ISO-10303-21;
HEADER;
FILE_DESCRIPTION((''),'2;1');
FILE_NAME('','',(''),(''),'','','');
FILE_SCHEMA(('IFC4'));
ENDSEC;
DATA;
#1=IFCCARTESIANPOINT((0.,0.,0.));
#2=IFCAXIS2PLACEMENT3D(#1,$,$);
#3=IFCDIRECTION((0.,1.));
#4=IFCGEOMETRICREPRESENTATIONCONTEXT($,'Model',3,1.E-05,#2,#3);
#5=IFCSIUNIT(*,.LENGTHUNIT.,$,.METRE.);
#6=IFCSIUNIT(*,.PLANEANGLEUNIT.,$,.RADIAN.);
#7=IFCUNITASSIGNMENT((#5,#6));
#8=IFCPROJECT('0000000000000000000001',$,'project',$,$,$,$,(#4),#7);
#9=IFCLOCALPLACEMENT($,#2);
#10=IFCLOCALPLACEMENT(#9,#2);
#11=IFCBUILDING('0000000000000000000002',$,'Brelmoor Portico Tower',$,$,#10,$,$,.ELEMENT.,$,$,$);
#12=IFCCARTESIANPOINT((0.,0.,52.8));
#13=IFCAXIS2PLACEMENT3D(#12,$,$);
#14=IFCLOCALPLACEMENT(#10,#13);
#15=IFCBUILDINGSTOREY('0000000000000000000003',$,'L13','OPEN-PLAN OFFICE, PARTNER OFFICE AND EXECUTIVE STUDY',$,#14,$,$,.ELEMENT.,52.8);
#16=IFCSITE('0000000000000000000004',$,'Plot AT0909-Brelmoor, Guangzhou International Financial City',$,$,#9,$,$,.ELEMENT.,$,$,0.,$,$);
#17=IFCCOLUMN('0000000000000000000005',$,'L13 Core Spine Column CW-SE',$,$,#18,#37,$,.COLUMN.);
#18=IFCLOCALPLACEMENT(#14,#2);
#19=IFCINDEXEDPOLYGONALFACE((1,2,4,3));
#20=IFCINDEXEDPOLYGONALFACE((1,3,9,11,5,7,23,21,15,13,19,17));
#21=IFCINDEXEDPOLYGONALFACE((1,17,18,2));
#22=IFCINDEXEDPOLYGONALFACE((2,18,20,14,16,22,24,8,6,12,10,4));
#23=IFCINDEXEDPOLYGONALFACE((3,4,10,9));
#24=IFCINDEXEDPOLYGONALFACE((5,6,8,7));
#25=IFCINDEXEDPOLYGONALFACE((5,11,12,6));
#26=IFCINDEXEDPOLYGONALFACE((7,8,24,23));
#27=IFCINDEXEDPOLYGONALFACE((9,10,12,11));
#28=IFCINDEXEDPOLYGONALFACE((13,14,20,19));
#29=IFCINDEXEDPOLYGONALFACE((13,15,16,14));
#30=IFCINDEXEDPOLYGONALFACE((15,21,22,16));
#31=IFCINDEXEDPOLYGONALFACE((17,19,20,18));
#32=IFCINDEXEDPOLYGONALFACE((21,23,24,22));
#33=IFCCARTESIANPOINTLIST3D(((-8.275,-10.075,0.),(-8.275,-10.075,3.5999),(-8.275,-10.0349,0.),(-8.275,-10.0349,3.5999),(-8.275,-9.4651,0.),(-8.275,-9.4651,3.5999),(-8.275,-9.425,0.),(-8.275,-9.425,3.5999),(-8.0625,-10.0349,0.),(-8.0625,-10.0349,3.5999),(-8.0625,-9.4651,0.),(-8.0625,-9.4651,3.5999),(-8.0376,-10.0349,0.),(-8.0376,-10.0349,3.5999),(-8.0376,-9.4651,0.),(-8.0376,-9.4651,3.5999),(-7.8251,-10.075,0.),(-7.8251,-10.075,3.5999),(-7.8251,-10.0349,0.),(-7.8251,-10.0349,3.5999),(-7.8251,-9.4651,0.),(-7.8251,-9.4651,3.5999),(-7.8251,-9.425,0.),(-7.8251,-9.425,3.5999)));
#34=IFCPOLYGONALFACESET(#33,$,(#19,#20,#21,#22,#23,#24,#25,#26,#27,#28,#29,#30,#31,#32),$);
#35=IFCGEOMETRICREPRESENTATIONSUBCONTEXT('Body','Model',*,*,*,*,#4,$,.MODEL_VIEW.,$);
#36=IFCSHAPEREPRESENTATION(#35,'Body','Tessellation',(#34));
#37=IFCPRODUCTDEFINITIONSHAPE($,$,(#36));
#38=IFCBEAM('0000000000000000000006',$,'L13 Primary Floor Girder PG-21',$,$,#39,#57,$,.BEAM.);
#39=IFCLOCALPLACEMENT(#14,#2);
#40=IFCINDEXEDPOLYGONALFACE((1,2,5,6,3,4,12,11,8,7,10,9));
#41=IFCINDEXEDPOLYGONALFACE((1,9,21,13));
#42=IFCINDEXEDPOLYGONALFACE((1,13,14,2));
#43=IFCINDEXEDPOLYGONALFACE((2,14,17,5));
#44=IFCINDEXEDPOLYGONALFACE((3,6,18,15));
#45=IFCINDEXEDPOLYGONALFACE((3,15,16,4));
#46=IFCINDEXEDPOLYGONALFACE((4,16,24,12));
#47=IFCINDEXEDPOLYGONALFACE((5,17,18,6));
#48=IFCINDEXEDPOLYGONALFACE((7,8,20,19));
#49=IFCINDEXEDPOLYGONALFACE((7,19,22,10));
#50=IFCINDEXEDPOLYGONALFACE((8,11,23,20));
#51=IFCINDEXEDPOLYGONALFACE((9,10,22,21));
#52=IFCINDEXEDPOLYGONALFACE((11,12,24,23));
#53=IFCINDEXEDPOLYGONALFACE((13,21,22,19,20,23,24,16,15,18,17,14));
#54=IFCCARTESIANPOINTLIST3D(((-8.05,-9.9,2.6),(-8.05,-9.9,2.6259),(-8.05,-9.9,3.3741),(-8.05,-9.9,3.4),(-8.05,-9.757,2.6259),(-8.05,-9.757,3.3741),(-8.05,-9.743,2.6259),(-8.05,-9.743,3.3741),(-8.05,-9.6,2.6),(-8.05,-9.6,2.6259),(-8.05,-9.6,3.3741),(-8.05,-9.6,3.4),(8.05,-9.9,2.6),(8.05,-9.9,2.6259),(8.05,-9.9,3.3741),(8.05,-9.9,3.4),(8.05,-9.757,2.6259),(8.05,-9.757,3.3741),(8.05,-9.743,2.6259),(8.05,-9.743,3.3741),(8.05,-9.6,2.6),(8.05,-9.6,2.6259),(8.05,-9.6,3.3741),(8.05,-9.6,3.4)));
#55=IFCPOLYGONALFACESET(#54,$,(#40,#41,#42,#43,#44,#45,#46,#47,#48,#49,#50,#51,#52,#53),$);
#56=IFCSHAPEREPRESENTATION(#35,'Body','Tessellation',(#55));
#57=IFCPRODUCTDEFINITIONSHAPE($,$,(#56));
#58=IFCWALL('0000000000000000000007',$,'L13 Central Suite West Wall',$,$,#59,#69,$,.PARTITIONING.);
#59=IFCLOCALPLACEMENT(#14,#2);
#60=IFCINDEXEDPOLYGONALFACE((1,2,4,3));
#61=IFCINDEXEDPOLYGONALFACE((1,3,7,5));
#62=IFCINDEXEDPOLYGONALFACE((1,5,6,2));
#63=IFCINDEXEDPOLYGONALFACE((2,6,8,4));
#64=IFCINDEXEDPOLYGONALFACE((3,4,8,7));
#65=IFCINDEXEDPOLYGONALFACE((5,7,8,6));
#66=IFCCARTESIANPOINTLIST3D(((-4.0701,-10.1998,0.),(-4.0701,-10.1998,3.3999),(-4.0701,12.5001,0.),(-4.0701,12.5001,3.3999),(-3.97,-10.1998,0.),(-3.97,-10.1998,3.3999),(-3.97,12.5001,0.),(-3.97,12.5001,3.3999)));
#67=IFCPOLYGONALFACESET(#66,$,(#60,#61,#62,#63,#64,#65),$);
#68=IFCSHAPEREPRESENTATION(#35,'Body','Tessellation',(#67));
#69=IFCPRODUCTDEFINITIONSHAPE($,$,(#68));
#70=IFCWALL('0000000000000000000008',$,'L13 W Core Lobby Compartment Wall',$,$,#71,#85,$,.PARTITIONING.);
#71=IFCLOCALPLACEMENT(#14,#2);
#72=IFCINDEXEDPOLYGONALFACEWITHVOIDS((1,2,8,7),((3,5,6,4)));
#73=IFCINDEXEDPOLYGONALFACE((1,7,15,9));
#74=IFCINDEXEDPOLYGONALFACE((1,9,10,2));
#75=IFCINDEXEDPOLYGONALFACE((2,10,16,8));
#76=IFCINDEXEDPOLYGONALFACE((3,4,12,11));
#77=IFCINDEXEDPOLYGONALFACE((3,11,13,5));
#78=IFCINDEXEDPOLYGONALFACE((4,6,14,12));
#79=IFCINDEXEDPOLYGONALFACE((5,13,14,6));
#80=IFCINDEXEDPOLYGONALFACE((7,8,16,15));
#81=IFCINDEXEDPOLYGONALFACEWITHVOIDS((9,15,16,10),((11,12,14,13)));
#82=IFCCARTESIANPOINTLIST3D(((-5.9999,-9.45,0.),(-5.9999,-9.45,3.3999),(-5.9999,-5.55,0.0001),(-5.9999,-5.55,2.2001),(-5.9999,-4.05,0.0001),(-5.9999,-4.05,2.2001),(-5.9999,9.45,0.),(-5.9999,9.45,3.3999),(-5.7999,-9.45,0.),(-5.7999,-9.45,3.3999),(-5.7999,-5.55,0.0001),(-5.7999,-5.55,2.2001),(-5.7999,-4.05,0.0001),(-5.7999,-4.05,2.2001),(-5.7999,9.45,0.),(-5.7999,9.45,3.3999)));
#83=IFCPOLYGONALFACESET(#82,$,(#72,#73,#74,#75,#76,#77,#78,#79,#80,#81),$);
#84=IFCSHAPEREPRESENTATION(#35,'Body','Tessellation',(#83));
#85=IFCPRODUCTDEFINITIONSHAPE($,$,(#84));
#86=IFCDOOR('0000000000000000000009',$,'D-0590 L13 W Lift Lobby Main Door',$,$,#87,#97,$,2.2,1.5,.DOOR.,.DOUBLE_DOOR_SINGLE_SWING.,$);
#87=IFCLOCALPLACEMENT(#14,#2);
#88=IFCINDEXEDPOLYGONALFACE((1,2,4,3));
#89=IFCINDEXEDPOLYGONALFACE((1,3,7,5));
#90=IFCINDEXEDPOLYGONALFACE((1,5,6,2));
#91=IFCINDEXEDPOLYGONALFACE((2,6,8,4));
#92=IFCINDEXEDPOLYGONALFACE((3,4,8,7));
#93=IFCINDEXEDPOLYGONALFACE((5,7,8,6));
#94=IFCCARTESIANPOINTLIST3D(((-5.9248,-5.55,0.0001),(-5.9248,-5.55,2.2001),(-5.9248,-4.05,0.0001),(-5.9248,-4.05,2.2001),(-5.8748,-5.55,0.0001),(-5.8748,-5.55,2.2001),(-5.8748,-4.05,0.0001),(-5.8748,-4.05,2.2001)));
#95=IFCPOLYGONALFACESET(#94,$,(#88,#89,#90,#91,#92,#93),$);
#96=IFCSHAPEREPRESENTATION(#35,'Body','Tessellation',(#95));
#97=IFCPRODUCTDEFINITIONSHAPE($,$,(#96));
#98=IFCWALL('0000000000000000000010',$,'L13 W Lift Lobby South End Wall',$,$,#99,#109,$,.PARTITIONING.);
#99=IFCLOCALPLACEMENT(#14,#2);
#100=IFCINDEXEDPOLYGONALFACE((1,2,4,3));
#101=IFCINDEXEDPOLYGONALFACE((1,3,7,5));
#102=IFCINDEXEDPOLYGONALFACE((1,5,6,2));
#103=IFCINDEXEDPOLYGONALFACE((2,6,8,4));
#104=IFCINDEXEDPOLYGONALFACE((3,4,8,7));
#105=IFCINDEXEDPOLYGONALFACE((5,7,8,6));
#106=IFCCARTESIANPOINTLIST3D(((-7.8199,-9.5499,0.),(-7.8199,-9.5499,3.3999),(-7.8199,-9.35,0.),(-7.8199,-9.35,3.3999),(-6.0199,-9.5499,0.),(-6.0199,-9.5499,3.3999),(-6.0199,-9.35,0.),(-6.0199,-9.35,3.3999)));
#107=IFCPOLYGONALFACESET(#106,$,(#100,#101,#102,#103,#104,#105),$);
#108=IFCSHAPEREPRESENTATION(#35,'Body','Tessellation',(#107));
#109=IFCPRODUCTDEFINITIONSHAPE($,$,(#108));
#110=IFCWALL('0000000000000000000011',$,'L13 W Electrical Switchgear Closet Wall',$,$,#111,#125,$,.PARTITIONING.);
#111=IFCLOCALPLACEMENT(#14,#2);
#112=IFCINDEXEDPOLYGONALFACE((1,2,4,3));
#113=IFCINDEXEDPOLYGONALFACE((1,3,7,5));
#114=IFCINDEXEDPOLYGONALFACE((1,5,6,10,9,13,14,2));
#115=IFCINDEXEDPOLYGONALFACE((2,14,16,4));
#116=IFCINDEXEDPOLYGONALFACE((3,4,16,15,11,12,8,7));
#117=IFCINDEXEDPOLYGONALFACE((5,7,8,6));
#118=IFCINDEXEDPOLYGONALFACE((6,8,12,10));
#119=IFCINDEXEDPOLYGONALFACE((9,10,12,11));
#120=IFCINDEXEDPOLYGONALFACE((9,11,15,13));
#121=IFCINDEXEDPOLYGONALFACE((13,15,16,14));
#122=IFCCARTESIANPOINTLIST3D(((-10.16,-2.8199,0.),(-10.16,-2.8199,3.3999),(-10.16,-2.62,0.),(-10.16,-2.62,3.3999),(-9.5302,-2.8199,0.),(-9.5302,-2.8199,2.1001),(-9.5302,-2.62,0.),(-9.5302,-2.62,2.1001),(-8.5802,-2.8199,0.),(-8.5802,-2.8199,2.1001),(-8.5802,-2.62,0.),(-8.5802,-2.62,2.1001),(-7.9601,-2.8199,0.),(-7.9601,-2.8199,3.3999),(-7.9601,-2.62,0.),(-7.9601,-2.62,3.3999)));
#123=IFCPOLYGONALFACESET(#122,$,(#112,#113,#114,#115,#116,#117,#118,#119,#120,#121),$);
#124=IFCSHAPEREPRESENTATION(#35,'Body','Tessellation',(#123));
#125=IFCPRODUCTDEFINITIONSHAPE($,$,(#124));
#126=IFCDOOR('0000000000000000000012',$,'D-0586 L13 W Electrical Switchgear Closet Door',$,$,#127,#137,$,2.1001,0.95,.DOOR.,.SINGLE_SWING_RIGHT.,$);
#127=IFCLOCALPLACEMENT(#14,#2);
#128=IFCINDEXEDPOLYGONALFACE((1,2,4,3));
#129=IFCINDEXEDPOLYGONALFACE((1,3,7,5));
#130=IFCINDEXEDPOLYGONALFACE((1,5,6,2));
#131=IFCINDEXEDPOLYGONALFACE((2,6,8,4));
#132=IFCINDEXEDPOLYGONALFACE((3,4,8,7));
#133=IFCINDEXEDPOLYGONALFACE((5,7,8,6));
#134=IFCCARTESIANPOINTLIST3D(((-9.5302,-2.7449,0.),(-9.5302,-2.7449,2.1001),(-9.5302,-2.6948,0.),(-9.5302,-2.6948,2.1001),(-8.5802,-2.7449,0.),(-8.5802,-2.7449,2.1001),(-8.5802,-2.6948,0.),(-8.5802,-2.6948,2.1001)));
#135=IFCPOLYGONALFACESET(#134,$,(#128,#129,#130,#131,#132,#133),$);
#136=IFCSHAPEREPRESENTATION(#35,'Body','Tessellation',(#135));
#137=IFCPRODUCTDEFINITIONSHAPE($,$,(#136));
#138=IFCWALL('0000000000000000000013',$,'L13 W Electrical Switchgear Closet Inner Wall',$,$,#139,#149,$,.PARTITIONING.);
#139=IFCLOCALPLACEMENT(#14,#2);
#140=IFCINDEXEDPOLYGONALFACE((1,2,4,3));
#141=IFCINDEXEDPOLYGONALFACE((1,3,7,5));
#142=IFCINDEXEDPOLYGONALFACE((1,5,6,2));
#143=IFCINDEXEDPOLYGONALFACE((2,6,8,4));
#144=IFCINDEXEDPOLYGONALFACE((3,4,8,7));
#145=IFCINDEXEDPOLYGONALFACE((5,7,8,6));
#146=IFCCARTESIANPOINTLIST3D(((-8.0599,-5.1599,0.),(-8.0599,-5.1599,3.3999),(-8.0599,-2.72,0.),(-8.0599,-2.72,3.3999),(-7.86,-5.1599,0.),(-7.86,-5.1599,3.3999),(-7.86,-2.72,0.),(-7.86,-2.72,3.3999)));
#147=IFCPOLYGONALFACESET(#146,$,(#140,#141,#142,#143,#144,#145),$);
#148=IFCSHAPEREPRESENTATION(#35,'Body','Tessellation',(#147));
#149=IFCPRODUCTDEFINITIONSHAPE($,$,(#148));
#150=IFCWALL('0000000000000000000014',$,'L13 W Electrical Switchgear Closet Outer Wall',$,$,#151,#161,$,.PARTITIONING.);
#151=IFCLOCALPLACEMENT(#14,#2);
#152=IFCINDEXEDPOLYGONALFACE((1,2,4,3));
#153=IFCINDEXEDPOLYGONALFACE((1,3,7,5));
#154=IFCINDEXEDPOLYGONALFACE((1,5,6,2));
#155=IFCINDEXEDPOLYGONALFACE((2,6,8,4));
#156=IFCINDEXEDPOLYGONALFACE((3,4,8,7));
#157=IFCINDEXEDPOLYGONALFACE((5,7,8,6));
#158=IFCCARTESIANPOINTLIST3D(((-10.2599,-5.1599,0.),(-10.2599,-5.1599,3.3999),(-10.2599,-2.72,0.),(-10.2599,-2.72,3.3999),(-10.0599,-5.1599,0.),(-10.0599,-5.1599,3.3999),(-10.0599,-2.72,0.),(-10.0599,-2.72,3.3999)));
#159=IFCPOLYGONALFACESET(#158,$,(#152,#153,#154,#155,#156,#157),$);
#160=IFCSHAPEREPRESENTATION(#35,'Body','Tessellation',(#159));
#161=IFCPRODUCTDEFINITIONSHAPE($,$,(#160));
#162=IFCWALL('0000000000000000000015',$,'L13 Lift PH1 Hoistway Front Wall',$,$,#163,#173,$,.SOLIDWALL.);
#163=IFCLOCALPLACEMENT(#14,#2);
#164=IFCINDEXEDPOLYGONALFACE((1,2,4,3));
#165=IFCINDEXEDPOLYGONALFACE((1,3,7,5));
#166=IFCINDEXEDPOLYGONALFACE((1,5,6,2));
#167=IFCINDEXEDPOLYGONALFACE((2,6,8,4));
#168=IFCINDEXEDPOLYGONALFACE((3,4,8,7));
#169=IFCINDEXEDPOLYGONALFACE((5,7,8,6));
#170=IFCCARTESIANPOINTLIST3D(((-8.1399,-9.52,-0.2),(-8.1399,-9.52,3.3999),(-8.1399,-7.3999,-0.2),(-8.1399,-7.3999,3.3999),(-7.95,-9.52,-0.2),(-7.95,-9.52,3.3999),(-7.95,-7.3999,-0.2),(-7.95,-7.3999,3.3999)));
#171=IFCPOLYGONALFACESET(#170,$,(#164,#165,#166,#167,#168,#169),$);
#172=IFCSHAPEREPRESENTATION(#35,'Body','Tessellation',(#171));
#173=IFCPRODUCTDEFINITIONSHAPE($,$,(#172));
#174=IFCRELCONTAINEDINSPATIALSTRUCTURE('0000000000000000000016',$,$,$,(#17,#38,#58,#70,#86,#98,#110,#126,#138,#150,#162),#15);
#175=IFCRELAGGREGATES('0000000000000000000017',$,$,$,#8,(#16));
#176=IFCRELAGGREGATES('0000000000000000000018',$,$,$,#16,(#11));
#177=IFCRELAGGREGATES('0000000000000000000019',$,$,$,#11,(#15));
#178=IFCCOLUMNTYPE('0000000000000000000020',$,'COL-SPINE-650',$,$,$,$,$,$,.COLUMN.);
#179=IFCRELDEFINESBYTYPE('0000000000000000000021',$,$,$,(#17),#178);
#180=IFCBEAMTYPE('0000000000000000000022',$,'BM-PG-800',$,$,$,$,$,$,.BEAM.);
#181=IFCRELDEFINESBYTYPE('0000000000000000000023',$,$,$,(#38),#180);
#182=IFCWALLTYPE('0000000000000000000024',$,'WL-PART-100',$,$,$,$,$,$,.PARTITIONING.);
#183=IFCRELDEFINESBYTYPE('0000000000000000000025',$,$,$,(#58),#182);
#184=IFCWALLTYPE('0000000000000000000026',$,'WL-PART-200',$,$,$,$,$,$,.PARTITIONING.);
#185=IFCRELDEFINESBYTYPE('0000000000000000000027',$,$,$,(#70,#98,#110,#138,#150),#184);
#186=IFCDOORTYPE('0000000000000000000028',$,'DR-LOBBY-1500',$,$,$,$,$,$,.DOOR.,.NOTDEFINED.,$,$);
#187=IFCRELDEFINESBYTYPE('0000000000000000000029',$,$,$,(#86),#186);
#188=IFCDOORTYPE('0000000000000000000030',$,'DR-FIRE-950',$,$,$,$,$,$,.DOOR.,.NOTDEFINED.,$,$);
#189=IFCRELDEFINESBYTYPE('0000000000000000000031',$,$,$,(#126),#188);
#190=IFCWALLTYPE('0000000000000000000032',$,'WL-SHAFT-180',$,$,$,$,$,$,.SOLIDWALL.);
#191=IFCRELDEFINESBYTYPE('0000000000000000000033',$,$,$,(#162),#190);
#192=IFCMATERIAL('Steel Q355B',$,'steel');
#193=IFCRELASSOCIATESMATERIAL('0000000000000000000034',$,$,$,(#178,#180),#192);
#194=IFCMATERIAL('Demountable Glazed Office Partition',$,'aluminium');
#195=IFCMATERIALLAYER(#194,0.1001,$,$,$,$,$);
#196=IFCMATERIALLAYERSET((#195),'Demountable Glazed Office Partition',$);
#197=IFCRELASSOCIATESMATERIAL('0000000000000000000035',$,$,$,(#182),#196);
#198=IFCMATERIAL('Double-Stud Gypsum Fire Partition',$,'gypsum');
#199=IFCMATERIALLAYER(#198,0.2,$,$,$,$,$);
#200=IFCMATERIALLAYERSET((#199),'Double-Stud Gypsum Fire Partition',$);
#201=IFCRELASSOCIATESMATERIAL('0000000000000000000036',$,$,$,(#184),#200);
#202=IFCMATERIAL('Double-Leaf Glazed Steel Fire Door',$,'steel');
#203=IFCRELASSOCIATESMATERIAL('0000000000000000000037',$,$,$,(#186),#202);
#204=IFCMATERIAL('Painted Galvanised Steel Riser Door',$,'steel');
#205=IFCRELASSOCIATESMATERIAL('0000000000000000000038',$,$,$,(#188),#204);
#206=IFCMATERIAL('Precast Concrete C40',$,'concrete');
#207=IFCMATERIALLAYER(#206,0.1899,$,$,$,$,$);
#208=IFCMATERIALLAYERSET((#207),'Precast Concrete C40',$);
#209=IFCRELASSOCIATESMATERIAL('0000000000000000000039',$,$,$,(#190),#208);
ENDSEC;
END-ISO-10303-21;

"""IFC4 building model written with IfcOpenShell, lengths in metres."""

from ifc_helpers import new_model, si_unit, direction, frame, frame_2d, origin, origin_2d, place, context, subcontext, project, spatial, rectangle, i_section, extrude, material, layer, layer_set, material_profile, profile_set, type_object, element, fill, save


model = new_model("IFC4")

# Units and contexts
model_context = context("Model", 3, precision=1e-05, world=origin(), true_north=direction((0.0, 1.0)))
body_context = subcontext(model_context, "Body", "Model", "MODEL_VIEW")
ifc_project = project(units=[si_unit("LENGTHUNIT", "METRE"), si_unit("PLANEANGLEUNIT", "RADIAN")], contexts=[model_context])

# Site, building, storey
site_placement = place(None, origin())
site = spatial("IfcSite", under=ifc_project, at=site_placement, Name="Plot AT0909-Brelmoor, Guangzhou International Financial City", CompositionType="ELEMENT", RefElevation=0.0)
building_placement = place(site_placement, origin())
building = spatial("IfcBuilding", under=site, at=building_placement, Name="Brelmoor Portico Tower", CompositionType="ELEMENT")
storey_placement = place(building_placement, frame((0.0, 0.0, 52.8)))
storey = spatial("IfcBuildingStorey", under=building, at=storey_placement, Name="L13", Description="OPEN-PLAN OFFICE, PARTNER OFFICE AND EXECUTIVE STUDY", CompositionType="ELEMENT", Elevation=52.8)

# Column
ifc_material_1 = material(Name="Steel Q355B", Category="steel")
ifc_material_profile_1 = material_profile(ifc_material_1, i_section(OverallWidth=0.45, OverallDepth=0.6499, WebThickness=0.0249, FlangeThickness=0.04, at=origin_2d()), Name="HW 650x450x25x40")
ifc_profile_set_1 = profile_set([ifc_material_profile_1], Name="Steel Q355B")
column_type = type_object("IfcColumnType", Name="COL-SPINE-650", PredefinedType="COLUMN", material=ifc_profile_set_1)
column_placement = place(storey_placement, frame((-8.05, -9.75, 0.0), z_axis=(0.0, 0.0, 1.0), x_axis=(1.0, 0.0, 0.0)))
element("IfcColumn", 1, at=column_placement, inside=storey, type_object=column_type, Name="L13 Core Spine Column CW-SE", PredefinedType="COLUMN", context=body_context, shape_type="SweptSolid", body=[
    extrude(i_section(OverallWidth=0.45, OverallDepth=0.6499, WebThickness=0.0249, FlangeThickness=0.04, at=origin_2d()), origin(), (0.0, 0.0, 1.0), 3.5999),
])

# Beam
ifc_material_profile_2 = material_profile(ifc_material_1, i_section(OverallWidth=0.3, OverallDepth=0.8, WebThickness=0.0139, FlangeThickness=0.0259, at=origin_2d()), Name="HN 800x300x14x26")
ifc_profile_set_2 = profile_set([ifc_material_profile_2], Name="Steel Q355B")
beam_type = type_object("IfcBeamType", Name="BM-PG-800", PredefinedType="BEAM", material=ifc_profile_set_2)
beam_placement = place(storey_placement, frame((-8.05, -9.75, 3.0), z_axis=(1.0, 0.0, 0.0), x_axis=(0.0, 1.0, 0.0)))
element("IfcBeam", 2, at=beam_placement, inside=storey, type_object=beam_type, Name="L13 Primary Floor Girder PG-21", PredefinedType="BEAM", context=body_context, shape_type="SweptSolid", body=[
    extrude(i_section(OverallWidth=0.3, OverallDepth=0.8, WebThickness=0.0139, FlangeThickness=0.0259, at=origin_2d()), origin(), (0.0, 0.0, 1.0), 16.1001),
])

# Wall
ifc_material_2 = material(Name="Demountable Glazed Office Partition", Category="aluminium")
ifc_layer_1 = layer(ifc_material_2, 0.1001)
ifc_layer_set_1 = layer_set([ifc_layer_1], Name="Demountable Glazed Office Partition")
wall_type_1 = type_object("IfcWallType", Name="WL-PART-100", PredefinedType="PARTITIONING", material=ifc_layer_set_1)
wall_1_placement = place(storey_placement, frame((-4.02, -10.2, 0.0), z_axis=(0.0, 0.0, 1.0), x_axis=(0.0, 1.0, 0.0)))
element("IfcWall", 3, at=wall_1_placement, inside=storey, type_object=wall_type_1, Name="L13 Central Suite West Wall", PredefinedType="PARTITIONING", context=body_context, shape_type="SweptSolid", body=[
    extrude(rectangle(XDim=22.7, YDim=0.1001, at=frame_2d((11.3501, 0.0))), origin(), (0.0, 0.0, 1.0), 3.3999),
])

# Wall, opening, door
ifc_material_3 = material(Name="Double-Stud Gypsum Fire Partition", Category="gypsum")
ifc_layer_2 = layer(ifc_material_3, 0.2)
ifc_layer_set_2 = layer_set([ifc_layer_2], Name="Double-Stud Gypsum Fire Partition")
wall_type_2 = type_object("IfcWallType", Name="WL-PART-200", PredefinedType="PARTITIONING", material=ifc_layer_set_2)
wall_2_placement = place(storey_placement, frame((-5.8999, -9.45, 0.0), z_axis=(0.0, 0.0, 1.0), x_axis=(0.0, 1.0, 0.0)))
wall_2 = element("IfcWall", 4, at=wall_2_placement, inside=storey, type_object=wall_type_2, Name="L13 W Core Lobby Compartment Wall", PredefinedType="PARTITIONING", context=body_context, shape_type="SweptSolid", body=[
    extrude(rectangle(XDim=18.8999, YDim=0.2, at=frame_2d((9.45, 0.0))), origin(), (0.0, 0.0, 1.0), 3.3999),
])
opening_1_placement = place(wall_2_placement, frame((3.8999, 0.0, 0.0)))
opening_1 = element("IfcOpeningElement", 5, at=opening_1_placement, cuts=wall_2, PredefinedType="OPENING", context=body_context, shape_type="SweptSolid", body=[
    extrude(rectangle(XDim=1.5, YDim=2.2, at=frame_2d((0.75, 1.1001))), frame((0.0, 0.1099, 0.0), z_axis=(0.0, -1.0, 0.0), x_axis=(1.0, 0.0, 0.0)), (0.0, 0.0, 1.0), 0.22),
])
ifc_material_4 = material(Name="Double-Leaf Glazed Steel Fire Door", Category="steel")
door_type_1 = type_object("IfcDoorType", Name="DR-LOBBY-1500", OperationType="NOTDEFINED", PredefinedType="DOOR", material=ifc_material_4)
door_1_placement = place(opening_1_placement, origin())
door_1 = element("IfcDoor", 6, at=door_1_placement, inside=storey, type_object=door_type_1, Name="D-0590 L13 W Lift Lobby Main Door", OperationType="DOUBLE_DOOR_SINGLE_SWING", OverallHeight=2.2, OverallWidth=1.5, PredefinedType="DOOR", context=body_context, shape_type="SweptSolid", body=[
    extrude(rectangle(XDim=1.5, YDim=2.2, at=frame_2d((0.75, 1.1001))), frame((0.0, 0.0249, 0.0), z_axis=(0.0, -1.0, 0.0), x_axis=(1.0, 0.0, 0.0)), (0.0, 0.0, 1.0), 0.05),
])
fill(opening_1, door_1)

# Wall
wall_3_placement = place(storey_placement, frame((-6.02, -9.45, 0.0), z_axis=(0.0, 0.0, 1.0), x_axis=(-1.0, 0.0, 0.0)))
element("IfcWall", 7, at=wall_3_placement, inside=storey, type_object=wall_type_2, Name="L13 W Lift Lobby South End Wall", PredefinedType="PARTITIONING", context=body_context, shape_type="SweptSolid", body=[
    extrude(rectangle(XDim=1.8, YDim=0.2, at=frame_2d((0.8999, 0.0))), origin(), (0.0, 0.0, 1.0), 3.3999),
])

# Wall, opening, door
wall_4_placement = place(storey_placement, frame((-7.96, -2.72, 0.0), z_axis=(0.0, 0.0, 1.0), x_axis=(-1.0, 0.0, 0.0)))
wall_4 = element("IfcWall", 8, at=wall_4_placement, inside=storey, type_object=wall_type_2, Name="L13 W Electrical Switchgear Closet Wall", PredefinedType="PARTITIONING", context=body_context, shape_type="SweptSolid", body=[
    extrude(rectangle(XDim=2.2, YDim=0.2, at=frame_2d((1.1001, 0.0))), origin(), (0.0, 0.0, 1.0), 3.3999),
])
opening_2_placement = place(wall_4_placement, frame((0.6201, 0.0, 0.0)))
opening_2 = element("IfcOpeningElement", 9, at=opening_2_placement, cuts=wall_4, PredefinedType="OPENING", context=body_context, shape_type="SweptSolid", body=[
    extrude(rectangle(XDim=0.95, YDim=2.1001, at=frame_2d((0.4751, 1.05))), frame((0.0, 0.1099, 0.0), z_axis=(0.0, -1.0, 0.0), x_axis=(1.0, 0.0, 0.0)), (0.0, 0.0, 1.0), 0.22),
])
ifc_material_5 = material(Name="Painted Galvanised Steel Riser Door", Category="steel")
door_type_2 = type_object("IfcDoorType", Name="DR-FIRE-950", OperationType="NOTDEFINED", PredefinedType="DOOR", material=ifc_material_5)
door_2_placement = place(opening_2_placement, origin())
door_2 = element("IfcDoor", 10, at=door_2_placement, inside=storey, type_object=door_type_2, Name="D-0586 L13 W Electrical Switchgear Closet Door", OperationType="SINGLE_SWING_RIGHT", OverallHeight=2.1001, OverallWidth=0.95, PredefinedType="DOOR", context=body_context, shape_type="SweptSolid", body=[
    extrude(rectangle(XDim=0.95, YDim=2.1001, at=frame_2d((0.4751, 1.05))), frame((0.0, 0.0249, 0.0), z_axis=(0.0, -1.0, 0.0), x_axis=(1.0, 0.0, 0.0)), (0.0, 0.0, 1.0), 0.05),
])
fill(opening_2, door_2)

# Walls
for number, where, z_axis, x_axis, name in (
    (11, (-7.96, -5.1599, 0.0), (0.0, 0.0, 1.0), (0.0, 1.0, 0.0), "L13 W Electrical Switchgear Closet Inner Wall"),
    (12, (-10.1599, -5.1599, 0.0), (0.0, 0.0, 1.0), (0.0, 1.0, 0.0), "L13 W Electrical Switchgear Closet Outer Wall"),
):
    element("IfcWall", number, at=place(storey_placement, frame(where, z_axis=z_axis, x_axis=x_axis)), inside=storey, type_object=wall_type_2, Name=name, PredefinedType="PARTITIONING", context=body_context, shape_type="SweptSolid", body=[
        extrude(rectangle(XDim=2.4399, YDim=0.2, at=frame_2d((1.22, 0.0))), origin(), (0.0, 0.0, 1.0), 3.3999),
    ])
ifc_material_6 = material(Name="Precast Concrete C40", Category="concrete")
ifc_layer_3 = layer(ifc_material_6, 0.1899)
ifc_layer_set_3 = layer_set([ifc_layer_3], Name="Precast Concrete C40")
wall_type_3 = type_object("IfcWallType", Name="WL-SHAFT-180", PredefinedType="SOLIDWALL", material=ifc_layer_set_3)
for number, where, z_axis, x_axis, name in (
    (13, (-8.0449, -9.52, -0.2), (0.0, 0.0, 1.0), (0.0, 1.0, 0.0), "L13 Lift PH1 Hoistway Front Wall"),
):
    element("IfcWall", number, at=place(storey_placement, frame(where, z_axis=z_axis, x_axis=x_axis)), inside=storey, type_object=wall_type_3, Name=name, PredefinedType="SOLIDWALL", context=body_context, shape_type="SweptSolid", body=[
        extrude(rectangle(XDim=2.1201, YDim=0.1899, at=frame_2d((1.0601, 0.0))), origin(), (0.0, 0.0, 1.0), 3.5999),
    ])

save(model, "model.ifc")
